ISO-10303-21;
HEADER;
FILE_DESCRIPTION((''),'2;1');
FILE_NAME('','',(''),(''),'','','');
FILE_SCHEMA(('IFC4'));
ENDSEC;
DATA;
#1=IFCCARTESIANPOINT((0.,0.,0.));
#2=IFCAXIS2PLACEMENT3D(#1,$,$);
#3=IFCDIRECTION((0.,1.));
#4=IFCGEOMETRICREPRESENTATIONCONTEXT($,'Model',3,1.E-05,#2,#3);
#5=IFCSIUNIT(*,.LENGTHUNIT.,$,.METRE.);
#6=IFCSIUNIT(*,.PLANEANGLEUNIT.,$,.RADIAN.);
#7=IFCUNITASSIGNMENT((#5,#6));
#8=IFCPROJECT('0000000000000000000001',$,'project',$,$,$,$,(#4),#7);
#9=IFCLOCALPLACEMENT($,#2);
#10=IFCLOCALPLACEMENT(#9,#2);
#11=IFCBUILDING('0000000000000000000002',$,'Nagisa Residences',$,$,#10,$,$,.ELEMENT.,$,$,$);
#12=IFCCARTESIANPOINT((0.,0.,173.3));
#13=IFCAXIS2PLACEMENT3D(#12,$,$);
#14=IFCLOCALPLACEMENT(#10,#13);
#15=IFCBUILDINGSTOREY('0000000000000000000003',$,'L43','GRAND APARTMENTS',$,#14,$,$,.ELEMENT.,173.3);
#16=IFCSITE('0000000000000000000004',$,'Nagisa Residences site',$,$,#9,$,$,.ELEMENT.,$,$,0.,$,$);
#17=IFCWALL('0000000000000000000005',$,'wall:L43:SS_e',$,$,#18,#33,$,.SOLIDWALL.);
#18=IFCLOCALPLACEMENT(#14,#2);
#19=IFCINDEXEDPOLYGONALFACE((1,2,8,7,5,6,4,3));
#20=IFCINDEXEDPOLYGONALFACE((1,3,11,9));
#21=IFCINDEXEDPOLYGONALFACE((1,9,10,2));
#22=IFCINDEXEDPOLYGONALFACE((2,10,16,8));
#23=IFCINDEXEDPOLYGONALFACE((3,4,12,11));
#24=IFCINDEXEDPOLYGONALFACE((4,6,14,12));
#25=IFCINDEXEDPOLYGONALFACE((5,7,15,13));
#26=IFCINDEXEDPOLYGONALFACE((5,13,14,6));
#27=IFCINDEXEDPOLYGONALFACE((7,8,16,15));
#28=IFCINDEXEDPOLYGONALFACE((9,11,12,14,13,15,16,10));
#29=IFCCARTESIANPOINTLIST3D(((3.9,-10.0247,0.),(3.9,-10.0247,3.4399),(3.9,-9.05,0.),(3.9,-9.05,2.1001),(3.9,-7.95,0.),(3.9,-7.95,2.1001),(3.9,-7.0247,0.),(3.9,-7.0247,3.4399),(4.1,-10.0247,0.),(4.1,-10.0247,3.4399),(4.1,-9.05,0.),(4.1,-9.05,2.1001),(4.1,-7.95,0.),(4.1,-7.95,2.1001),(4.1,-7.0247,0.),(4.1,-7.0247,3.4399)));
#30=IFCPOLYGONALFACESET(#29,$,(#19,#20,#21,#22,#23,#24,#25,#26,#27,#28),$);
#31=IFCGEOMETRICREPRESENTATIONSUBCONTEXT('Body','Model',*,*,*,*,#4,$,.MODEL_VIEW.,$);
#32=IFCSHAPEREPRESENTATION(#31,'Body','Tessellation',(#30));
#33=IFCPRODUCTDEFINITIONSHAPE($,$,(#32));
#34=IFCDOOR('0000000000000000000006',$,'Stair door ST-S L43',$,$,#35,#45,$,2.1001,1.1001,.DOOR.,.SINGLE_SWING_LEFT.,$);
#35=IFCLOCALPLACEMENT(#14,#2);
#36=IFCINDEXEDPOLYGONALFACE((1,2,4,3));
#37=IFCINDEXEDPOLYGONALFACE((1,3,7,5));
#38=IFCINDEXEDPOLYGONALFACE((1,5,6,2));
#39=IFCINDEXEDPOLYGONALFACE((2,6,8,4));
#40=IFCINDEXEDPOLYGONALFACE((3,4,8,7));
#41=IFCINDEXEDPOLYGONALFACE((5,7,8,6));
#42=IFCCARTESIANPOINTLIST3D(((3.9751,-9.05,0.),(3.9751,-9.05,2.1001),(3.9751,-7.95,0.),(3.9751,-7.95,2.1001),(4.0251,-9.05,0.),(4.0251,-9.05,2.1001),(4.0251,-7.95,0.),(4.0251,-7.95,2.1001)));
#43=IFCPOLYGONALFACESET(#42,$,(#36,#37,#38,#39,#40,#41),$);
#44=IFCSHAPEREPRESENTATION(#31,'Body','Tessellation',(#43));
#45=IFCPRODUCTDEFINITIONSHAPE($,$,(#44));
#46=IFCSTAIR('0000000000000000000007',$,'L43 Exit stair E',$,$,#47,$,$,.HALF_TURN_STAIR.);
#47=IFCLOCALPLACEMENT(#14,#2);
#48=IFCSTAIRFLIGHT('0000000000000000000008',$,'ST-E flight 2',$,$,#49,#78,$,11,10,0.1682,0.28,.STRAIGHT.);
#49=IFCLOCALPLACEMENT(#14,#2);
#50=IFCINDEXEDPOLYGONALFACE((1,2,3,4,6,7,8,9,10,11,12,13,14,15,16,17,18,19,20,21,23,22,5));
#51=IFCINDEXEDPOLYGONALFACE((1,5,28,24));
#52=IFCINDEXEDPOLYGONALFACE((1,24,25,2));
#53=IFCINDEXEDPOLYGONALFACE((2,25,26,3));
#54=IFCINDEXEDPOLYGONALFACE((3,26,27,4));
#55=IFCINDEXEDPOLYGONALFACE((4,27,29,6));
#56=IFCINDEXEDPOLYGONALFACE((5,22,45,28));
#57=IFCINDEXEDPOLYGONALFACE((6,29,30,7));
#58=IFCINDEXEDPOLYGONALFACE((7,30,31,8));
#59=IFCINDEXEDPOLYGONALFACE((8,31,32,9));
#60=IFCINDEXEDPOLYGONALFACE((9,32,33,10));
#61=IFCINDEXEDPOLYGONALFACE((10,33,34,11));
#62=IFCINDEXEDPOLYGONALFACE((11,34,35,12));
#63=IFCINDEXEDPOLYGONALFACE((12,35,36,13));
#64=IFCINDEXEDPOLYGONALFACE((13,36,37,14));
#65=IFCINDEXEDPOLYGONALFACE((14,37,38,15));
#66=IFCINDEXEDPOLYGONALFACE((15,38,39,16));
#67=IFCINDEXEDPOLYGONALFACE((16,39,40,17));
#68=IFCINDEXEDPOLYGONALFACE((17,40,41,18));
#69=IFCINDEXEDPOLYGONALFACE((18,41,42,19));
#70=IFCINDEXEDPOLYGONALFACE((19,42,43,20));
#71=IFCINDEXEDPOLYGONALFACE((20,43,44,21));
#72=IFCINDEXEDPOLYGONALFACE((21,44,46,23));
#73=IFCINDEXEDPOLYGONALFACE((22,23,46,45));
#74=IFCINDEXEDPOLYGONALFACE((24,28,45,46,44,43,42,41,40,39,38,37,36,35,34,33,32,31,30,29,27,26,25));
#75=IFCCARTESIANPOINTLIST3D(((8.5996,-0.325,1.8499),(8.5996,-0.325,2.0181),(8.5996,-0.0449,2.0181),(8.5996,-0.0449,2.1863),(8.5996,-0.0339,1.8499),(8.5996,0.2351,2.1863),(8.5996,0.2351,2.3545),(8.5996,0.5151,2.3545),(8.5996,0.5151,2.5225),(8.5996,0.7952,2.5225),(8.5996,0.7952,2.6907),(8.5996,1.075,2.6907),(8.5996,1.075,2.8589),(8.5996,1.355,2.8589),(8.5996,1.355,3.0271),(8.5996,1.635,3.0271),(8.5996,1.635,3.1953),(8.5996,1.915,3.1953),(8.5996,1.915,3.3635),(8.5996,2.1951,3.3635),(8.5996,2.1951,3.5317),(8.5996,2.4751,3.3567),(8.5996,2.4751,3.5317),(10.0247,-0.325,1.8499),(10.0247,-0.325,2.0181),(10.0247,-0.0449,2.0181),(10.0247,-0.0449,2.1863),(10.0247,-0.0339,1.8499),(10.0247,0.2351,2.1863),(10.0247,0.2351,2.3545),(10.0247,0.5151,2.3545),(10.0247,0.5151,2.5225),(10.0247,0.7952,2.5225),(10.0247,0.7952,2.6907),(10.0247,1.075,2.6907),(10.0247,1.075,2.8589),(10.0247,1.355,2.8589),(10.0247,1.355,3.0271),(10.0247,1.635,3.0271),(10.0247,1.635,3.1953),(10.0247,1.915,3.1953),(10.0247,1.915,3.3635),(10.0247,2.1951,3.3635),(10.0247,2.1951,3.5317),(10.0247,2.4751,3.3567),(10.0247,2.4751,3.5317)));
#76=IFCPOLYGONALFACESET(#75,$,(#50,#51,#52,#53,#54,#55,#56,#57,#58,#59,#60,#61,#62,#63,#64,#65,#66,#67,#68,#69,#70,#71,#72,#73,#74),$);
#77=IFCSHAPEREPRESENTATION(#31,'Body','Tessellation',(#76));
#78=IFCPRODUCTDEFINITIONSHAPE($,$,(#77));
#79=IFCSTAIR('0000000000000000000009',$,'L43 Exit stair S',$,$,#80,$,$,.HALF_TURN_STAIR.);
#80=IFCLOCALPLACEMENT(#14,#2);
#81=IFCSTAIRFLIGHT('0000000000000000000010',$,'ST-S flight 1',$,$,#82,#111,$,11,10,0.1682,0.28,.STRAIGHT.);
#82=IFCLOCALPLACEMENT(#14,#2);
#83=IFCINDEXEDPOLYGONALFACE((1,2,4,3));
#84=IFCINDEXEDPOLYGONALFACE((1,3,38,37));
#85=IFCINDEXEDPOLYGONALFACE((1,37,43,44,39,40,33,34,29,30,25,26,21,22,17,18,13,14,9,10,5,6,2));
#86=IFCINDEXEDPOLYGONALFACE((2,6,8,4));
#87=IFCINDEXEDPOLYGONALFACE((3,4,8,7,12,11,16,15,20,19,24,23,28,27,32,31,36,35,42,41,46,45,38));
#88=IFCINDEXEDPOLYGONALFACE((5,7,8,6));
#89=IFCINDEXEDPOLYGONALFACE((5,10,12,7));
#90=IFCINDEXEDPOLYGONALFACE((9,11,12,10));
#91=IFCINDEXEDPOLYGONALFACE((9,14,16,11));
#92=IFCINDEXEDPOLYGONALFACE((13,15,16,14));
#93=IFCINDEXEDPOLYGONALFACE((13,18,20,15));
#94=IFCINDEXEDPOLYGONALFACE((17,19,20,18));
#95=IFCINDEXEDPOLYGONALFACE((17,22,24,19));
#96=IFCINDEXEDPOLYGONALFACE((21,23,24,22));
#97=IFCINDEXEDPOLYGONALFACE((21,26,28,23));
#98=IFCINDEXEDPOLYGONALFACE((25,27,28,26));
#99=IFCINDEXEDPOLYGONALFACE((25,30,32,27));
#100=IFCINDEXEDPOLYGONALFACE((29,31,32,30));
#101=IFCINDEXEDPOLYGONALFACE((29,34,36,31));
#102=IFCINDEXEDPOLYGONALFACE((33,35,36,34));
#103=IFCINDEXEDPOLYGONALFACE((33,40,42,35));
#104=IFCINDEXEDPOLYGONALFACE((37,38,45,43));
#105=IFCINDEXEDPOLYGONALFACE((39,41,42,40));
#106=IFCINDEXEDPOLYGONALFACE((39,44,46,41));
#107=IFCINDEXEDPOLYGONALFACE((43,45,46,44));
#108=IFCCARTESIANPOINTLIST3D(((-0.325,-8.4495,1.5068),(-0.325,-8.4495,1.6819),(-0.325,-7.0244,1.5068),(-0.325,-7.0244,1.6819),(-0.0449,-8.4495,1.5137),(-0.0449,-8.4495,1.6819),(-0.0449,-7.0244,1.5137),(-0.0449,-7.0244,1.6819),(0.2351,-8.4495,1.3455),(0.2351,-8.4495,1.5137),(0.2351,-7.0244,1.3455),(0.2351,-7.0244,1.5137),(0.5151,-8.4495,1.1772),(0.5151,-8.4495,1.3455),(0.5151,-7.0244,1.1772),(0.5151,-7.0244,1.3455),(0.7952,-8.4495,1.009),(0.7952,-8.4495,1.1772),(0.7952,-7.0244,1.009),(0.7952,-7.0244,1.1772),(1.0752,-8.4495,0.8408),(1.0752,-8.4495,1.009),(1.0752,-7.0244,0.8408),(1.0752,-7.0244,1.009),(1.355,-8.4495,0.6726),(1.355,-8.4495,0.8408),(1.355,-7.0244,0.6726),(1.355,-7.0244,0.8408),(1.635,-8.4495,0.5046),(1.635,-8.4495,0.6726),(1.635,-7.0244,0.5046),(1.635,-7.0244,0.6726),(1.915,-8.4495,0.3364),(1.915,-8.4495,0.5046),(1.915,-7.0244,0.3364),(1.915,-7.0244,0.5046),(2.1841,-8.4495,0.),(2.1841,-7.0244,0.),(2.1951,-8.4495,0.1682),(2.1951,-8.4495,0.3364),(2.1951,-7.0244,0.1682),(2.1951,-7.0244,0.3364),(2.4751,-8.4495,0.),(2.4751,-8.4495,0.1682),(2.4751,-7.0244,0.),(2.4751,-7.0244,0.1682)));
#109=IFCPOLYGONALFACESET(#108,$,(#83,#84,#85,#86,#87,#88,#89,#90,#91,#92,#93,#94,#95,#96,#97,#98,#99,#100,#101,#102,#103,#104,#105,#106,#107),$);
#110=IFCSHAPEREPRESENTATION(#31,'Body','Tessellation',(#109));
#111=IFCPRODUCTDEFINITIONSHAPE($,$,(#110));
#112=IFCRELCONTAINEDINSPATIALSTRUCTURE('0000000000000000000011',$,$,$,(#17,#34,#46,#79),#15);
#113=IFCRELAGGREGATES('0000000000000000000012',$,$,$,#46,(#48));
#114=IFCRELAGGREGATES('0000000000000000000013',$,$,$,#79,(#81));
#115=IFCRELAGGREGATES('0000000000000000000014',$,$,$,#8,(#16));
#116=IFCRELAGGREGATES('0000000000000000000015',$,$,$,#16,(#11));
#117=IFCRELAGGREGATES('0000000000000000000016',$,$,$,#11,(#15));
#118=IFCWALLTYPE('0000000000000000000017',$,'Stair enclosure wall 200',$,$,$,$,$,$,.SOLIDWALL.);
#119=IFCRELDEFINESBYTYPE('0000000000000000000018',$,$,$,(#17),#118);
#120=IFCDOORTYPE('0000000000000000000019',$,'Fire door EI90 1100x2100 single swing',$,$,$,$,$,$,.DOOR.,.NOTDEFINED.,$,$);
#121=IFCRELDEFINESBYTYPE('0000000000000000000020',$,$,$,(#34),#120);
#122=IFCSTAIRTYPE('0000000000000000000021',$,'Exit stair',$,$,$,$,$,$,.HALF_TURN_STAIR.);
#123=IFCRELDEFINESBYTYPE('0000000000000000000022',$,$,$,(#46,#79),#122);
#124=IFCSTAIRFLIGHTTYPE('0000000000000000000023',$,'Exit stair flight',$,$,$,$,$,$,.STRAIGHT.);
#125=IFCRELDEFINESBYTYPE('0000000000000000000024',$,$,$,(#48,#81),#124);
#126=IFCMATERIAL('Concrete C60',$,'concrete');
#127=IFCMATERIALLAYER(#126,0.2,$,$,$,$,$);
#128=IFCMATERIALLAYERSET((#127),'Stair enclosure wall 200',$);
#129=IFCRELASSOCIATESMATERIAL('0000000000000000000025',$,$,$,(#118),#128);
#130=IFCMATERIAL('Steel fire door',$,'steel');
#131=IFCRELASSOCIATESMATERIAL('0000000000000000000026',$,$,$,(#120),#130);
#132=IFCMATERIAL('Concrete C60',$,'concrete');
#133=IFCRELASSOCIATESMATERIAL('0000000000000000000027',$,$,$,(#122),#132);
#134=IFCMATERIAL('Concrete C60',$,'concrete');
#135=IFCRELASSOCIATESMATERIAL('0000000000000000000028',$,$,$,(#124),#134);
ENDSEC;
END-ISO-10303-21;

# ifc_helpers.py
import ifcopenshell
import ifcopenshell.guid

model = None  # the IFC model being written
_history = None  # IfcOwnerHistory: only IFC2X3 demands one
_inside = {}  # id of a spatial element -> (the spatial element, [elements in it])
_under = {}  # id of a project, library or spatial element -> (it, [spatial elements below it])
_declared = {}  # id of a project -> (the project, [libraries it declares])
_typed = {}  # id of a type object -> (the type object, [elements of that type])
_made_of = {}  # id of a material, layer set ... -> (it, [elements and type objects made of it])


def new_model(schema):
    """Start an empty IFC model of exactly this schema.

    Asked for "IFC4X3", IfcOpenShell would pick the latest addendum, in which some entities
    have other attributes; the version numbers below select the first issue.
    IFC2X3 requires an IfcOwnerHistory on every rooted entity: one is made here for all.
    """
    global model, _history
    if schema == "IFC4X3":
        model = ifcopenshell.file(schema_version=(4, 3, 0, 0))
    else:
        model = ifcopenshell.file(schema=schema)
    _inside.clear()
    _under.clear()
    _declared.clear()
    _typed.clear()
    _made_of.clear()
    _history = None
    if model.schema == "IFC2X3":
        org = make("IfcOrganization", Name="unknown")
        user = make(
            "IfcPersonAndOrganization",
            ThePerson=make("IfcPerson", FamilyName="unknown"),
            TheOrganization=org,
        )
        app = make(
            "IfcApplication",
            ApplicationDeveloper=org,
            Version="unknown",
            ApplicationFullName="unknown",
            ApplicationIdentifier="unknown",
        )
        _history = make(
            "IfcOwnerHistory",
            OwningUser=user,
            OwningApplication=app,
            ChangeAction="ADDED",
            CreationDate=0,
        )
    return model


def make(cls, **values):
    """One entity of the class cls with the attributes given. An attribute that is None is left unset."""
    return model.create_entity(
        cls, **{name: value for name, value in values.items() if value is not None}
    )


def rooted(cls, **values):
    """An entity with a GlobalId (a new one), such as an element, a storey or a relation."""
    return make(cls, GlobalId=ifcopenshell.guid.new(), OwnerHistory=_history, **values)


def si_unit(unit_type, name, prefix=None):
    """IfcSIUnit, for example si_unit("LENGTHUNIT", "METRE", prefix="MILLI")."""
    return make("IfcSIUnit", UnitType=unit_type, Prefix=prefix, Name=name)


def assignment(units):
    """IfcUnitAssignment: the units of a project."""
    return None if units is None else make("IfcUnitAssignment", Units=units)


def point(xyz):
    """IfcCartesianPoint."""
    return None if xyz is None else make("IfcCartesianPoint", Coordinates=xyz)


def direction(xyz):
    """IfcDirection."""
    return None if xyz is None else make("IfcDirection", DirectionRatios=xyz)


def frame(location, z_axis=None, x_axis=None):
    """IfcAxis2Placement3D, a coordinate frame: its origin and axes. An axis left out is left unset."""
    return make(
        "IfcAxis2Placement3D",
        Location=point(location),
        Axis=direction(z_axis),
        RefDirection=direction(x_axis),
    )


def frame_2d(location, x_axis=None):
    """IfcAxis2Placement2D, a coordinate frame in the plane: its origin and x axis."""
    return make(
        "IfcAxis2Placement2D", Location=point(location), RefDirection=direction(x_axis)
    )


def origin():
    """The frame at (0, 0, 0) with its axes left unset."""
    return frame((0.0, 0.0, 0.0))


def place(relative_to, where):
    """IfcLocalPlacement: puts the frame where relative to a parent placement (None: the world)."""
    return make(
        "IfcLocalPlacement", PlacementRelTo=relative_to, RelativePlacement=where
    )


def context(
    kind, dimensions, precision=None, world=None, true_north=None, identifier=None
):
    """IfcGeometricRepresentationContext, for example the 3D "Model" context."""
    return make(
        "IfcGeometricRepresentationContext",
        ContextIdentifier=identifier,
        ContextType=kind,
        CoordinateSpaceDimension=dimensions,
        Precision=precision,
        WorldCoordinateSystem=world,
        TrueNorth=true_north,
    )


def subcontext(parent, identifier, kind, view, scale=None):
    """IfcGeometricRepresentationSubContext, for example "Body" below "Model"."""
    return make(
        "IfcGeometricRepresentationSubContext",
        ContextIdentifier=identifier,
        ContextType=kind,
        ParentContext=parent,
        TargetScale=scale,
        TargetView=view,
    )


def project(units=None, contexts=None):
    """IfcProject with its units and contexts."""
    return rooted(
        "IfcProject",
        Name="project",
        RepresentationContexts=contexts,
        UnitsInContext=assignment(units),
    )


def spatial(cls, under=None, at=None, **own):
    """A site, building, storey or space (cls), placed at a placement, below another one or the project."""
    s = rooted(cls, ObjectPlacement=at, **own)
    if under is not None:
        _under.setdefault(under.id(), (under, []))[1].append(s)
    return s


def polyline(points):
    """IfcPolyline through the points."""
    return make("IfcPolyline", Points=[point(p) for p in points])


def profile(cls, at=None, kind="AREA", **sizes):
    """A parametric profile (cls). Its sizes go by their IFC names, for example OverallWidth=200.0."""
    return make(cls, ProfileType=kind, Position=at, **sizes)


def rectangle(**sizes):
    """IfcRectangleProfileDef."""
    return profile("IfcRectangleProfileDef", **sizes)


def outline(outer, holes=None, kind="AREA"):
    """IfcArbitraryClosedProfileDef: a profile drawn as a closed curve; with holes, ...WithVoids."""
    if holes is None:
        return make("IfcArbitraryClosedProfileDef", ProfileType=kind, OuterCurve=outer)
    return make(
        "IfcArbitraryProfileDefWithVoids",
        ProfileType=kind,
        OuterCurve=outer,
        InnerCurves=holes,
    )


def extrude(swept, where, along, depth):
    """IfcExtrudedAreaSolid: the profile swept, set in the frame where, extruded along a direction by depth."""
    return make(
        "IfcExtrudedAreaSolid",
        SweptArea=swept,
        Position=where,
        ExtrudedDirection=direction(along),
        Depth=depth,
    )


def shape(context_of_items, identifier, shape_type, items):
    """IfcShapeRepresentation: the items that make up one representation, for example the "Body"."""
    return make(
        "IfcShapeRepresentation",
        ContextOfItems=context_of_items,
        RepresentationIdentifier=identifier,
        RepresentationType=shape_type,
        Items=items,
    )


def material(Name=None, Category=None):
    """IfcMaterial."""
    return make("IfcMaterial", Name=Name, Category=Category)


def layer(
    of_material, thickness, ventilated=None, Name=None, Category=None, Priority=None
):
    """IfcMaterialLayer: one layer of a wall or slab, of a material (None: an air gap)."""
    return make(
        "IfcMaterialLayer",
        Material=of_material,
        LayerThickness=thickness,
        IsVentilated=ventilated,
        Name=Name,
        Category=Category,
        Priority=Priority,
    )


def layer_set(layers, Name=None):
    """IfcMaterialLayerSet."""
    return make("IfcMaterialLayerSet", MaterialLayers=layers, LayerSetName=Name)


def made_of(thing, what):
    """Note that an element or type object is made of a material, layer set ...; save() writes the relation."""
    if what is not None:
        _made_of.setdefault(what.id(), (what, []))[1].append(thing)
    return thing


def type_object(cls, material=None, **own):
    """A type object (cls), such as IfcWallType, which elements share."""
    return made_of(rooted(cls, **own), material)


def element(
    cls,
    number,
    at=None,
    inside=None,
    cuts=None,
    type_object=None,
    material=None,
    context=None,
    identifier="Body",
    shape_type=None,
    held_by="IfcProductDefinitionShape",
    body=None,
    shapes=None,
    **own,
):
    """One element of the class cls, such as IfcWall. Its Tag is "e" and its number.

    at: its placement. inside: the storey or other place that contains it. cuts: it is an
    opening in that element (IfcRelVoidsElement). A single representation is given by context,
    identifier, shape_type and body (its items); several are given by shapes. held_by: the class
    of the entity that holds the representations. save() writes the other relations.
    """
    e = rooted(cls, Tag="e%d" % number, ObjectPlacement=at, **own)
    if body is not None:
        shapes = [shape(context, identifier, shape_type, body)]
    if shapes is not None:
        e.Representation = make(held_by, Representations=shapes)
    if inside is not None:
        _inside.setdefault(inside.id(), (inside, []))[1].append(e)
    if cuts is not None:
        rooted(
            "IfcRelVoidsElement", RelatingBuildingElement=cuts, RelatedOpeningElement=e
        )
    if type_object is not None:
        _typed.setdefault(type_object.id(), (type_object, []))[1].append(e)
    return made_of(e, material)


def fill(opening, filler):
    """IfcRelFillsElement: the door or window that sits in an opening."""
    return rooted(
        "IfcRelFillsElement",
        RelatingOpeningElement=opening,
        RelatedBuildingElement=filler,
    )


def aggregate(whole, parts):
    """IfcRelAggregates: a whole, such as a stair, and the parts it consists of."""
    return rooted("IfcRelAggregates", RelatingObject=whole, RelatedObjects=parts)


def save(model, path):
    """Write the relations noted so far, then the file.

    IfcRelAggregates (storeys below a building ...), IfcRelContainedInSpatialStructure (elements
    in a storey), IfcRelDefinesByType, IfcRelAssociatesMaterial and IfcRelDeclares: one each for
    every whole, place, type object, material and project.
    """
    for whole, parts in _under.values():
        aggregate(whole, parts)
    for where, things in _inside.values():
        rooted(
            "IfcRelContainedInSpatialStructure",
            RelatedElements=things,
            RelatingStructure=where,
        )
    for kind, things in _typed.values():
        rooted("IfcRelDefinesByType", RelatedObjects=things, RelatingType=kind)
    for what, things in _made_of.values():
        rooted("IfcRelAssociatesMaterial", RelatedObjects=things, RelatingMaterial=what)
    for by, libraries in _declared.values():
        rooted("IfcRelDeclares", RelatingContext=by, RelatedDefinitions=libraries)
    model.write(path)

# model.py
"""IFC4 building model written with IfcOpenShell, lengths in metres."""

from ifc_helpers import new_model, si_unit, direction, frame, frame_2d, origin, place, context, subcontext, project, spatial, polyline, rectangle, outline, extrude, material, layer, layer_set, type_object, element, fill, aggregate, save


model = new_model("IFC4")

# Units and contexts
model_context = context("Model", 3, precision=1e-05, world=origin(), true_north=direction((0.0, 1.0)))
body_context = subcontext(model_context, "Body", "Model", "MODEL_VIEW")
ifc_project = project(units=[si_unit("LENGTHUNIT", "METRE"), si_unit("PLANEANGLEUNIT", "RADIAN")], contexts=[model_context])

# Site, building, storey
site_placement = place(None, origin())
site = spatial("IfcSite", under=ifc_project, at=site_placement, Name="Nagisa Residences site", CompositionType="ELEMENT", RefElevation=0.0)
building_placement = place(site_placement, origin())
building = spatial("IfcBuilding", under=site, at=building_placement, Name="Nagisa Residences", CompositionType="ELEMENT")
storey_placement = place(building_placement, frame((0.0, 0.0, 173.3)))
storey = spatial("IfcBuildingStorey", under=building, at=storey_placement, Name="L43", Description="GRAND APARTMENTS", CompositionType="ELEMENT", Elevation=173.3)

# Wall, opening, door
ifc_material_1 = material(Name="Concrete C60", Category="concrete")
ifc_layer_1 = layer(ifc_material_1, 0.2)
ifc_layer_set_1 = layer_set([ifc_layer_1], Name="Stair enclosure wall 200")
wall_type_1 = type_object("IfcWallType", Name="Stair enclosure wall 200", PredefinedType="SOLIDWALL", material=ifc_layer_set_1)
wall_1_placement = place(storey_placement, frame((4.0, -10.0247, 0.0), z_axis=(0.0, 0.0, 1.0), x_axis=(0.0, 1.0, 0.0)))
wall_1 = element("IfcWall", 1, at=wall_1_placement, inside=storey, type_object=wall_type_1, Name="wall:L43:SS_e", PredefinedType="SOLIDWALL", context=body_context, shape_type="SweptSolid", body=[
    extrude(rectangle(XDim=3.0, YDim=0.2, at=frame_2d((1.5, 0.0))), origin(), (0.0, 0.0, 1.0), 3.4399),
])
opening_1_placement = place(wall_1_placement, frame((0.9746, 0.0, 0.0)))
opening_1 = element("IfcOpeningElement", 2, at=opening_1_placement, cuts=wall_1, PredefinedType="OPENING", context=body_context, shape_type="SweptSolid", body=[
    extrude(rectangle(XDim=1.1001, YDim=2.1001, at=frame_2d((0.55, 1.05))), frame((0.0, 0.1099, 0.0), z_axis=(0.0, -1.0, 0.0), x_axis=(1.0, 0.0, 0.0)), (0.0, 0.0, 1.0), 0.22),
])
ifc_material_2 = material(Name="Steel fire door", Category="steel")
door_type_1 = type_object("IfcDoorType", Name="Fire door EI90 1100x2100 single swing", OperationType="NOTDEFINED", PredefinedType="DOOR", material=ifc_material_2)
door_1_placement = place(opening_1_placement, origin())
door_1 = element("IfcDoor", 3, at=door_1_placement, inside=storey, type_object=door_type_1, Name="Stair door ST-S L43", OperationType="SINGLE_SWING_LEFT", OverallHeight=2.1001, OverallWidth=1.1001, PredefinedType="DOOR", context=body_context, shape_type="SweptSolid", body=[
    extrude(rectangle(XDim=1.1001, YDim=2.1001, at=frame_2d((0.55, 1.05))), frame((0.0, 0.0249, 0.0), z_axis=(0.0, -1.0, 0.0), x_axis=(1.0, 0.0, 0.0)), (0.0, 0.0, 1.0), 0.05),
])
fill(opening_1, door_1)

# Stairs, stair flights
ifc_material_3 = material(Name="Concrete C60", Category="concrete")
stair_type = type_object("IfcStairType", Name="Exit stair", PredefinedType="HALF_TURN_STAIR", material=ifc_material_3)
stair_1_placement = place(storey_placement, origin())
stair_1 = element("IfcStair", 4, at=stair_1_placement, inside=storey, type_object=stair_type, Name="L43 Exit stair E", PredefinedType="HALF_TURN_STAIR")
ifc_material_4 = material(Name="Concrete C60", Category="concrete")
stair_flight_type = type_object("IfcStairFlightType", Name="Exit stair flight", PredefinedType="STRAIGHT", material=ifc_material_4)
stair_flight_1_placement = place(storey_placement, frame((9.312, -0.325, 1.8499), z_axis=(0.0, 0.0, 1.0), x_axis=(0.0, 1.0, 0.0)))
stair_flight_1 = element("IfcStairFlight", 5, at=stair_flight_1_placement, type_object=stair_flight_type, Name="ST-E flight 2", NumberOfRisers=11, NumberOfTreads=10, PredefinedType="STRAIGHT", RiserHeight=0.1682, TreadLength=0.28, context=body_context, shape_type="SweptSolid", body=[
    extrude(outline(polyline([(0.0, 0.0), (0.0, 0.1682), (0.28, 0.1682), (0.28, 0.3364), (0.5601, 0.3364), (0.5601, 0.5046), (0.8401, 0.5046), (0.8401, 0.6726), (1.1201, 0.6726), (1.1201, 0.8408), (1.3999, 0.8408), (1.3999, 1.009), (1.6799, 1.009), (1.6799, 1.1772), (1.96, 1.1772), (1.96, 1.3455), (2.24, 1.3455), (2.24, 1.5137), (2.52, 1.5137), (2.52, 1.6819), (2.8, 1.6819), (2.8, 1.8501), (2.8, 1.5068), (0.291, 0.0), (0.0, 0.0)])), frame((0.0, 0.7124, 0.0), z_axis=(0.0, -1.0, 0.0), x_axis=(1.0, 0.0, 0.0)), (0.0, 0.0, 1.0), 1.425),
])
aggregate(stair_1, [stair_flight_1])
stair_2_placement = place(storey_placement, origin())
stair_2 = element("IfcStair", 6, at=stair_2_placement, inside=storey, type_object=stair_type, Name="L43 Exit stair S", PredefinedType="HALF_TURN_STAIR")
stair_flight_2_placement = place(storey_placement, frame((2.4751, -7.7371, 0.0), z_axis=(0.0, 0.0, 1.0), x_axis=(-1.0, 0.0, 0.0)))
stair_flight_2 = element("IfcStairFlight", 7, at=stair_flight_2_placement, type_object=stair_flight_type, Name="ST-S flight 1", NumberOfRisers=11, NumberOfTreads=10, PredefinedType="STRAIGHT", RiserHeight=0.1682, TreadLength=0.28, context=body_context, shape_type="SweptSolid", body=[
    extrude(outline(polyline([(0.0, 0.0), (0.0, 0.1682), (0.28, 0.1682), (0.28, 0.3364), (0.5601, 0.3364), (0.5601, 0.5046), (0.8401, 0.5046), (0.8401, 0.6726), (1.1201, 0.6726), (1.1201, 0.8408), (1.3999, 0.8408), (1.3999, 1.009), (1.6799, 1.009), (1.6799, 1.1772), (1.96, 1.1772), (1.96, 1.3455), (2.24, 1.3455), (2.24, 1.5137), (2.52, 1.5137), (2.52, 1.6819), (2.8, 1.6819), (2.8, 1.8501), (2.8, 1.5068), (0.291, 0.0), (0.0, 0.0)])), frame((0.0, 0.7124, 0.0), z_axis=(0.0, -1.0, 0.0), x_axis=(1.0, 0.0, 0.0)), (0.0, 0.0, 1.0), 1.425),
])
aggregate(stair_2, [stair_flight_2])

save(model, "model.ifc")
